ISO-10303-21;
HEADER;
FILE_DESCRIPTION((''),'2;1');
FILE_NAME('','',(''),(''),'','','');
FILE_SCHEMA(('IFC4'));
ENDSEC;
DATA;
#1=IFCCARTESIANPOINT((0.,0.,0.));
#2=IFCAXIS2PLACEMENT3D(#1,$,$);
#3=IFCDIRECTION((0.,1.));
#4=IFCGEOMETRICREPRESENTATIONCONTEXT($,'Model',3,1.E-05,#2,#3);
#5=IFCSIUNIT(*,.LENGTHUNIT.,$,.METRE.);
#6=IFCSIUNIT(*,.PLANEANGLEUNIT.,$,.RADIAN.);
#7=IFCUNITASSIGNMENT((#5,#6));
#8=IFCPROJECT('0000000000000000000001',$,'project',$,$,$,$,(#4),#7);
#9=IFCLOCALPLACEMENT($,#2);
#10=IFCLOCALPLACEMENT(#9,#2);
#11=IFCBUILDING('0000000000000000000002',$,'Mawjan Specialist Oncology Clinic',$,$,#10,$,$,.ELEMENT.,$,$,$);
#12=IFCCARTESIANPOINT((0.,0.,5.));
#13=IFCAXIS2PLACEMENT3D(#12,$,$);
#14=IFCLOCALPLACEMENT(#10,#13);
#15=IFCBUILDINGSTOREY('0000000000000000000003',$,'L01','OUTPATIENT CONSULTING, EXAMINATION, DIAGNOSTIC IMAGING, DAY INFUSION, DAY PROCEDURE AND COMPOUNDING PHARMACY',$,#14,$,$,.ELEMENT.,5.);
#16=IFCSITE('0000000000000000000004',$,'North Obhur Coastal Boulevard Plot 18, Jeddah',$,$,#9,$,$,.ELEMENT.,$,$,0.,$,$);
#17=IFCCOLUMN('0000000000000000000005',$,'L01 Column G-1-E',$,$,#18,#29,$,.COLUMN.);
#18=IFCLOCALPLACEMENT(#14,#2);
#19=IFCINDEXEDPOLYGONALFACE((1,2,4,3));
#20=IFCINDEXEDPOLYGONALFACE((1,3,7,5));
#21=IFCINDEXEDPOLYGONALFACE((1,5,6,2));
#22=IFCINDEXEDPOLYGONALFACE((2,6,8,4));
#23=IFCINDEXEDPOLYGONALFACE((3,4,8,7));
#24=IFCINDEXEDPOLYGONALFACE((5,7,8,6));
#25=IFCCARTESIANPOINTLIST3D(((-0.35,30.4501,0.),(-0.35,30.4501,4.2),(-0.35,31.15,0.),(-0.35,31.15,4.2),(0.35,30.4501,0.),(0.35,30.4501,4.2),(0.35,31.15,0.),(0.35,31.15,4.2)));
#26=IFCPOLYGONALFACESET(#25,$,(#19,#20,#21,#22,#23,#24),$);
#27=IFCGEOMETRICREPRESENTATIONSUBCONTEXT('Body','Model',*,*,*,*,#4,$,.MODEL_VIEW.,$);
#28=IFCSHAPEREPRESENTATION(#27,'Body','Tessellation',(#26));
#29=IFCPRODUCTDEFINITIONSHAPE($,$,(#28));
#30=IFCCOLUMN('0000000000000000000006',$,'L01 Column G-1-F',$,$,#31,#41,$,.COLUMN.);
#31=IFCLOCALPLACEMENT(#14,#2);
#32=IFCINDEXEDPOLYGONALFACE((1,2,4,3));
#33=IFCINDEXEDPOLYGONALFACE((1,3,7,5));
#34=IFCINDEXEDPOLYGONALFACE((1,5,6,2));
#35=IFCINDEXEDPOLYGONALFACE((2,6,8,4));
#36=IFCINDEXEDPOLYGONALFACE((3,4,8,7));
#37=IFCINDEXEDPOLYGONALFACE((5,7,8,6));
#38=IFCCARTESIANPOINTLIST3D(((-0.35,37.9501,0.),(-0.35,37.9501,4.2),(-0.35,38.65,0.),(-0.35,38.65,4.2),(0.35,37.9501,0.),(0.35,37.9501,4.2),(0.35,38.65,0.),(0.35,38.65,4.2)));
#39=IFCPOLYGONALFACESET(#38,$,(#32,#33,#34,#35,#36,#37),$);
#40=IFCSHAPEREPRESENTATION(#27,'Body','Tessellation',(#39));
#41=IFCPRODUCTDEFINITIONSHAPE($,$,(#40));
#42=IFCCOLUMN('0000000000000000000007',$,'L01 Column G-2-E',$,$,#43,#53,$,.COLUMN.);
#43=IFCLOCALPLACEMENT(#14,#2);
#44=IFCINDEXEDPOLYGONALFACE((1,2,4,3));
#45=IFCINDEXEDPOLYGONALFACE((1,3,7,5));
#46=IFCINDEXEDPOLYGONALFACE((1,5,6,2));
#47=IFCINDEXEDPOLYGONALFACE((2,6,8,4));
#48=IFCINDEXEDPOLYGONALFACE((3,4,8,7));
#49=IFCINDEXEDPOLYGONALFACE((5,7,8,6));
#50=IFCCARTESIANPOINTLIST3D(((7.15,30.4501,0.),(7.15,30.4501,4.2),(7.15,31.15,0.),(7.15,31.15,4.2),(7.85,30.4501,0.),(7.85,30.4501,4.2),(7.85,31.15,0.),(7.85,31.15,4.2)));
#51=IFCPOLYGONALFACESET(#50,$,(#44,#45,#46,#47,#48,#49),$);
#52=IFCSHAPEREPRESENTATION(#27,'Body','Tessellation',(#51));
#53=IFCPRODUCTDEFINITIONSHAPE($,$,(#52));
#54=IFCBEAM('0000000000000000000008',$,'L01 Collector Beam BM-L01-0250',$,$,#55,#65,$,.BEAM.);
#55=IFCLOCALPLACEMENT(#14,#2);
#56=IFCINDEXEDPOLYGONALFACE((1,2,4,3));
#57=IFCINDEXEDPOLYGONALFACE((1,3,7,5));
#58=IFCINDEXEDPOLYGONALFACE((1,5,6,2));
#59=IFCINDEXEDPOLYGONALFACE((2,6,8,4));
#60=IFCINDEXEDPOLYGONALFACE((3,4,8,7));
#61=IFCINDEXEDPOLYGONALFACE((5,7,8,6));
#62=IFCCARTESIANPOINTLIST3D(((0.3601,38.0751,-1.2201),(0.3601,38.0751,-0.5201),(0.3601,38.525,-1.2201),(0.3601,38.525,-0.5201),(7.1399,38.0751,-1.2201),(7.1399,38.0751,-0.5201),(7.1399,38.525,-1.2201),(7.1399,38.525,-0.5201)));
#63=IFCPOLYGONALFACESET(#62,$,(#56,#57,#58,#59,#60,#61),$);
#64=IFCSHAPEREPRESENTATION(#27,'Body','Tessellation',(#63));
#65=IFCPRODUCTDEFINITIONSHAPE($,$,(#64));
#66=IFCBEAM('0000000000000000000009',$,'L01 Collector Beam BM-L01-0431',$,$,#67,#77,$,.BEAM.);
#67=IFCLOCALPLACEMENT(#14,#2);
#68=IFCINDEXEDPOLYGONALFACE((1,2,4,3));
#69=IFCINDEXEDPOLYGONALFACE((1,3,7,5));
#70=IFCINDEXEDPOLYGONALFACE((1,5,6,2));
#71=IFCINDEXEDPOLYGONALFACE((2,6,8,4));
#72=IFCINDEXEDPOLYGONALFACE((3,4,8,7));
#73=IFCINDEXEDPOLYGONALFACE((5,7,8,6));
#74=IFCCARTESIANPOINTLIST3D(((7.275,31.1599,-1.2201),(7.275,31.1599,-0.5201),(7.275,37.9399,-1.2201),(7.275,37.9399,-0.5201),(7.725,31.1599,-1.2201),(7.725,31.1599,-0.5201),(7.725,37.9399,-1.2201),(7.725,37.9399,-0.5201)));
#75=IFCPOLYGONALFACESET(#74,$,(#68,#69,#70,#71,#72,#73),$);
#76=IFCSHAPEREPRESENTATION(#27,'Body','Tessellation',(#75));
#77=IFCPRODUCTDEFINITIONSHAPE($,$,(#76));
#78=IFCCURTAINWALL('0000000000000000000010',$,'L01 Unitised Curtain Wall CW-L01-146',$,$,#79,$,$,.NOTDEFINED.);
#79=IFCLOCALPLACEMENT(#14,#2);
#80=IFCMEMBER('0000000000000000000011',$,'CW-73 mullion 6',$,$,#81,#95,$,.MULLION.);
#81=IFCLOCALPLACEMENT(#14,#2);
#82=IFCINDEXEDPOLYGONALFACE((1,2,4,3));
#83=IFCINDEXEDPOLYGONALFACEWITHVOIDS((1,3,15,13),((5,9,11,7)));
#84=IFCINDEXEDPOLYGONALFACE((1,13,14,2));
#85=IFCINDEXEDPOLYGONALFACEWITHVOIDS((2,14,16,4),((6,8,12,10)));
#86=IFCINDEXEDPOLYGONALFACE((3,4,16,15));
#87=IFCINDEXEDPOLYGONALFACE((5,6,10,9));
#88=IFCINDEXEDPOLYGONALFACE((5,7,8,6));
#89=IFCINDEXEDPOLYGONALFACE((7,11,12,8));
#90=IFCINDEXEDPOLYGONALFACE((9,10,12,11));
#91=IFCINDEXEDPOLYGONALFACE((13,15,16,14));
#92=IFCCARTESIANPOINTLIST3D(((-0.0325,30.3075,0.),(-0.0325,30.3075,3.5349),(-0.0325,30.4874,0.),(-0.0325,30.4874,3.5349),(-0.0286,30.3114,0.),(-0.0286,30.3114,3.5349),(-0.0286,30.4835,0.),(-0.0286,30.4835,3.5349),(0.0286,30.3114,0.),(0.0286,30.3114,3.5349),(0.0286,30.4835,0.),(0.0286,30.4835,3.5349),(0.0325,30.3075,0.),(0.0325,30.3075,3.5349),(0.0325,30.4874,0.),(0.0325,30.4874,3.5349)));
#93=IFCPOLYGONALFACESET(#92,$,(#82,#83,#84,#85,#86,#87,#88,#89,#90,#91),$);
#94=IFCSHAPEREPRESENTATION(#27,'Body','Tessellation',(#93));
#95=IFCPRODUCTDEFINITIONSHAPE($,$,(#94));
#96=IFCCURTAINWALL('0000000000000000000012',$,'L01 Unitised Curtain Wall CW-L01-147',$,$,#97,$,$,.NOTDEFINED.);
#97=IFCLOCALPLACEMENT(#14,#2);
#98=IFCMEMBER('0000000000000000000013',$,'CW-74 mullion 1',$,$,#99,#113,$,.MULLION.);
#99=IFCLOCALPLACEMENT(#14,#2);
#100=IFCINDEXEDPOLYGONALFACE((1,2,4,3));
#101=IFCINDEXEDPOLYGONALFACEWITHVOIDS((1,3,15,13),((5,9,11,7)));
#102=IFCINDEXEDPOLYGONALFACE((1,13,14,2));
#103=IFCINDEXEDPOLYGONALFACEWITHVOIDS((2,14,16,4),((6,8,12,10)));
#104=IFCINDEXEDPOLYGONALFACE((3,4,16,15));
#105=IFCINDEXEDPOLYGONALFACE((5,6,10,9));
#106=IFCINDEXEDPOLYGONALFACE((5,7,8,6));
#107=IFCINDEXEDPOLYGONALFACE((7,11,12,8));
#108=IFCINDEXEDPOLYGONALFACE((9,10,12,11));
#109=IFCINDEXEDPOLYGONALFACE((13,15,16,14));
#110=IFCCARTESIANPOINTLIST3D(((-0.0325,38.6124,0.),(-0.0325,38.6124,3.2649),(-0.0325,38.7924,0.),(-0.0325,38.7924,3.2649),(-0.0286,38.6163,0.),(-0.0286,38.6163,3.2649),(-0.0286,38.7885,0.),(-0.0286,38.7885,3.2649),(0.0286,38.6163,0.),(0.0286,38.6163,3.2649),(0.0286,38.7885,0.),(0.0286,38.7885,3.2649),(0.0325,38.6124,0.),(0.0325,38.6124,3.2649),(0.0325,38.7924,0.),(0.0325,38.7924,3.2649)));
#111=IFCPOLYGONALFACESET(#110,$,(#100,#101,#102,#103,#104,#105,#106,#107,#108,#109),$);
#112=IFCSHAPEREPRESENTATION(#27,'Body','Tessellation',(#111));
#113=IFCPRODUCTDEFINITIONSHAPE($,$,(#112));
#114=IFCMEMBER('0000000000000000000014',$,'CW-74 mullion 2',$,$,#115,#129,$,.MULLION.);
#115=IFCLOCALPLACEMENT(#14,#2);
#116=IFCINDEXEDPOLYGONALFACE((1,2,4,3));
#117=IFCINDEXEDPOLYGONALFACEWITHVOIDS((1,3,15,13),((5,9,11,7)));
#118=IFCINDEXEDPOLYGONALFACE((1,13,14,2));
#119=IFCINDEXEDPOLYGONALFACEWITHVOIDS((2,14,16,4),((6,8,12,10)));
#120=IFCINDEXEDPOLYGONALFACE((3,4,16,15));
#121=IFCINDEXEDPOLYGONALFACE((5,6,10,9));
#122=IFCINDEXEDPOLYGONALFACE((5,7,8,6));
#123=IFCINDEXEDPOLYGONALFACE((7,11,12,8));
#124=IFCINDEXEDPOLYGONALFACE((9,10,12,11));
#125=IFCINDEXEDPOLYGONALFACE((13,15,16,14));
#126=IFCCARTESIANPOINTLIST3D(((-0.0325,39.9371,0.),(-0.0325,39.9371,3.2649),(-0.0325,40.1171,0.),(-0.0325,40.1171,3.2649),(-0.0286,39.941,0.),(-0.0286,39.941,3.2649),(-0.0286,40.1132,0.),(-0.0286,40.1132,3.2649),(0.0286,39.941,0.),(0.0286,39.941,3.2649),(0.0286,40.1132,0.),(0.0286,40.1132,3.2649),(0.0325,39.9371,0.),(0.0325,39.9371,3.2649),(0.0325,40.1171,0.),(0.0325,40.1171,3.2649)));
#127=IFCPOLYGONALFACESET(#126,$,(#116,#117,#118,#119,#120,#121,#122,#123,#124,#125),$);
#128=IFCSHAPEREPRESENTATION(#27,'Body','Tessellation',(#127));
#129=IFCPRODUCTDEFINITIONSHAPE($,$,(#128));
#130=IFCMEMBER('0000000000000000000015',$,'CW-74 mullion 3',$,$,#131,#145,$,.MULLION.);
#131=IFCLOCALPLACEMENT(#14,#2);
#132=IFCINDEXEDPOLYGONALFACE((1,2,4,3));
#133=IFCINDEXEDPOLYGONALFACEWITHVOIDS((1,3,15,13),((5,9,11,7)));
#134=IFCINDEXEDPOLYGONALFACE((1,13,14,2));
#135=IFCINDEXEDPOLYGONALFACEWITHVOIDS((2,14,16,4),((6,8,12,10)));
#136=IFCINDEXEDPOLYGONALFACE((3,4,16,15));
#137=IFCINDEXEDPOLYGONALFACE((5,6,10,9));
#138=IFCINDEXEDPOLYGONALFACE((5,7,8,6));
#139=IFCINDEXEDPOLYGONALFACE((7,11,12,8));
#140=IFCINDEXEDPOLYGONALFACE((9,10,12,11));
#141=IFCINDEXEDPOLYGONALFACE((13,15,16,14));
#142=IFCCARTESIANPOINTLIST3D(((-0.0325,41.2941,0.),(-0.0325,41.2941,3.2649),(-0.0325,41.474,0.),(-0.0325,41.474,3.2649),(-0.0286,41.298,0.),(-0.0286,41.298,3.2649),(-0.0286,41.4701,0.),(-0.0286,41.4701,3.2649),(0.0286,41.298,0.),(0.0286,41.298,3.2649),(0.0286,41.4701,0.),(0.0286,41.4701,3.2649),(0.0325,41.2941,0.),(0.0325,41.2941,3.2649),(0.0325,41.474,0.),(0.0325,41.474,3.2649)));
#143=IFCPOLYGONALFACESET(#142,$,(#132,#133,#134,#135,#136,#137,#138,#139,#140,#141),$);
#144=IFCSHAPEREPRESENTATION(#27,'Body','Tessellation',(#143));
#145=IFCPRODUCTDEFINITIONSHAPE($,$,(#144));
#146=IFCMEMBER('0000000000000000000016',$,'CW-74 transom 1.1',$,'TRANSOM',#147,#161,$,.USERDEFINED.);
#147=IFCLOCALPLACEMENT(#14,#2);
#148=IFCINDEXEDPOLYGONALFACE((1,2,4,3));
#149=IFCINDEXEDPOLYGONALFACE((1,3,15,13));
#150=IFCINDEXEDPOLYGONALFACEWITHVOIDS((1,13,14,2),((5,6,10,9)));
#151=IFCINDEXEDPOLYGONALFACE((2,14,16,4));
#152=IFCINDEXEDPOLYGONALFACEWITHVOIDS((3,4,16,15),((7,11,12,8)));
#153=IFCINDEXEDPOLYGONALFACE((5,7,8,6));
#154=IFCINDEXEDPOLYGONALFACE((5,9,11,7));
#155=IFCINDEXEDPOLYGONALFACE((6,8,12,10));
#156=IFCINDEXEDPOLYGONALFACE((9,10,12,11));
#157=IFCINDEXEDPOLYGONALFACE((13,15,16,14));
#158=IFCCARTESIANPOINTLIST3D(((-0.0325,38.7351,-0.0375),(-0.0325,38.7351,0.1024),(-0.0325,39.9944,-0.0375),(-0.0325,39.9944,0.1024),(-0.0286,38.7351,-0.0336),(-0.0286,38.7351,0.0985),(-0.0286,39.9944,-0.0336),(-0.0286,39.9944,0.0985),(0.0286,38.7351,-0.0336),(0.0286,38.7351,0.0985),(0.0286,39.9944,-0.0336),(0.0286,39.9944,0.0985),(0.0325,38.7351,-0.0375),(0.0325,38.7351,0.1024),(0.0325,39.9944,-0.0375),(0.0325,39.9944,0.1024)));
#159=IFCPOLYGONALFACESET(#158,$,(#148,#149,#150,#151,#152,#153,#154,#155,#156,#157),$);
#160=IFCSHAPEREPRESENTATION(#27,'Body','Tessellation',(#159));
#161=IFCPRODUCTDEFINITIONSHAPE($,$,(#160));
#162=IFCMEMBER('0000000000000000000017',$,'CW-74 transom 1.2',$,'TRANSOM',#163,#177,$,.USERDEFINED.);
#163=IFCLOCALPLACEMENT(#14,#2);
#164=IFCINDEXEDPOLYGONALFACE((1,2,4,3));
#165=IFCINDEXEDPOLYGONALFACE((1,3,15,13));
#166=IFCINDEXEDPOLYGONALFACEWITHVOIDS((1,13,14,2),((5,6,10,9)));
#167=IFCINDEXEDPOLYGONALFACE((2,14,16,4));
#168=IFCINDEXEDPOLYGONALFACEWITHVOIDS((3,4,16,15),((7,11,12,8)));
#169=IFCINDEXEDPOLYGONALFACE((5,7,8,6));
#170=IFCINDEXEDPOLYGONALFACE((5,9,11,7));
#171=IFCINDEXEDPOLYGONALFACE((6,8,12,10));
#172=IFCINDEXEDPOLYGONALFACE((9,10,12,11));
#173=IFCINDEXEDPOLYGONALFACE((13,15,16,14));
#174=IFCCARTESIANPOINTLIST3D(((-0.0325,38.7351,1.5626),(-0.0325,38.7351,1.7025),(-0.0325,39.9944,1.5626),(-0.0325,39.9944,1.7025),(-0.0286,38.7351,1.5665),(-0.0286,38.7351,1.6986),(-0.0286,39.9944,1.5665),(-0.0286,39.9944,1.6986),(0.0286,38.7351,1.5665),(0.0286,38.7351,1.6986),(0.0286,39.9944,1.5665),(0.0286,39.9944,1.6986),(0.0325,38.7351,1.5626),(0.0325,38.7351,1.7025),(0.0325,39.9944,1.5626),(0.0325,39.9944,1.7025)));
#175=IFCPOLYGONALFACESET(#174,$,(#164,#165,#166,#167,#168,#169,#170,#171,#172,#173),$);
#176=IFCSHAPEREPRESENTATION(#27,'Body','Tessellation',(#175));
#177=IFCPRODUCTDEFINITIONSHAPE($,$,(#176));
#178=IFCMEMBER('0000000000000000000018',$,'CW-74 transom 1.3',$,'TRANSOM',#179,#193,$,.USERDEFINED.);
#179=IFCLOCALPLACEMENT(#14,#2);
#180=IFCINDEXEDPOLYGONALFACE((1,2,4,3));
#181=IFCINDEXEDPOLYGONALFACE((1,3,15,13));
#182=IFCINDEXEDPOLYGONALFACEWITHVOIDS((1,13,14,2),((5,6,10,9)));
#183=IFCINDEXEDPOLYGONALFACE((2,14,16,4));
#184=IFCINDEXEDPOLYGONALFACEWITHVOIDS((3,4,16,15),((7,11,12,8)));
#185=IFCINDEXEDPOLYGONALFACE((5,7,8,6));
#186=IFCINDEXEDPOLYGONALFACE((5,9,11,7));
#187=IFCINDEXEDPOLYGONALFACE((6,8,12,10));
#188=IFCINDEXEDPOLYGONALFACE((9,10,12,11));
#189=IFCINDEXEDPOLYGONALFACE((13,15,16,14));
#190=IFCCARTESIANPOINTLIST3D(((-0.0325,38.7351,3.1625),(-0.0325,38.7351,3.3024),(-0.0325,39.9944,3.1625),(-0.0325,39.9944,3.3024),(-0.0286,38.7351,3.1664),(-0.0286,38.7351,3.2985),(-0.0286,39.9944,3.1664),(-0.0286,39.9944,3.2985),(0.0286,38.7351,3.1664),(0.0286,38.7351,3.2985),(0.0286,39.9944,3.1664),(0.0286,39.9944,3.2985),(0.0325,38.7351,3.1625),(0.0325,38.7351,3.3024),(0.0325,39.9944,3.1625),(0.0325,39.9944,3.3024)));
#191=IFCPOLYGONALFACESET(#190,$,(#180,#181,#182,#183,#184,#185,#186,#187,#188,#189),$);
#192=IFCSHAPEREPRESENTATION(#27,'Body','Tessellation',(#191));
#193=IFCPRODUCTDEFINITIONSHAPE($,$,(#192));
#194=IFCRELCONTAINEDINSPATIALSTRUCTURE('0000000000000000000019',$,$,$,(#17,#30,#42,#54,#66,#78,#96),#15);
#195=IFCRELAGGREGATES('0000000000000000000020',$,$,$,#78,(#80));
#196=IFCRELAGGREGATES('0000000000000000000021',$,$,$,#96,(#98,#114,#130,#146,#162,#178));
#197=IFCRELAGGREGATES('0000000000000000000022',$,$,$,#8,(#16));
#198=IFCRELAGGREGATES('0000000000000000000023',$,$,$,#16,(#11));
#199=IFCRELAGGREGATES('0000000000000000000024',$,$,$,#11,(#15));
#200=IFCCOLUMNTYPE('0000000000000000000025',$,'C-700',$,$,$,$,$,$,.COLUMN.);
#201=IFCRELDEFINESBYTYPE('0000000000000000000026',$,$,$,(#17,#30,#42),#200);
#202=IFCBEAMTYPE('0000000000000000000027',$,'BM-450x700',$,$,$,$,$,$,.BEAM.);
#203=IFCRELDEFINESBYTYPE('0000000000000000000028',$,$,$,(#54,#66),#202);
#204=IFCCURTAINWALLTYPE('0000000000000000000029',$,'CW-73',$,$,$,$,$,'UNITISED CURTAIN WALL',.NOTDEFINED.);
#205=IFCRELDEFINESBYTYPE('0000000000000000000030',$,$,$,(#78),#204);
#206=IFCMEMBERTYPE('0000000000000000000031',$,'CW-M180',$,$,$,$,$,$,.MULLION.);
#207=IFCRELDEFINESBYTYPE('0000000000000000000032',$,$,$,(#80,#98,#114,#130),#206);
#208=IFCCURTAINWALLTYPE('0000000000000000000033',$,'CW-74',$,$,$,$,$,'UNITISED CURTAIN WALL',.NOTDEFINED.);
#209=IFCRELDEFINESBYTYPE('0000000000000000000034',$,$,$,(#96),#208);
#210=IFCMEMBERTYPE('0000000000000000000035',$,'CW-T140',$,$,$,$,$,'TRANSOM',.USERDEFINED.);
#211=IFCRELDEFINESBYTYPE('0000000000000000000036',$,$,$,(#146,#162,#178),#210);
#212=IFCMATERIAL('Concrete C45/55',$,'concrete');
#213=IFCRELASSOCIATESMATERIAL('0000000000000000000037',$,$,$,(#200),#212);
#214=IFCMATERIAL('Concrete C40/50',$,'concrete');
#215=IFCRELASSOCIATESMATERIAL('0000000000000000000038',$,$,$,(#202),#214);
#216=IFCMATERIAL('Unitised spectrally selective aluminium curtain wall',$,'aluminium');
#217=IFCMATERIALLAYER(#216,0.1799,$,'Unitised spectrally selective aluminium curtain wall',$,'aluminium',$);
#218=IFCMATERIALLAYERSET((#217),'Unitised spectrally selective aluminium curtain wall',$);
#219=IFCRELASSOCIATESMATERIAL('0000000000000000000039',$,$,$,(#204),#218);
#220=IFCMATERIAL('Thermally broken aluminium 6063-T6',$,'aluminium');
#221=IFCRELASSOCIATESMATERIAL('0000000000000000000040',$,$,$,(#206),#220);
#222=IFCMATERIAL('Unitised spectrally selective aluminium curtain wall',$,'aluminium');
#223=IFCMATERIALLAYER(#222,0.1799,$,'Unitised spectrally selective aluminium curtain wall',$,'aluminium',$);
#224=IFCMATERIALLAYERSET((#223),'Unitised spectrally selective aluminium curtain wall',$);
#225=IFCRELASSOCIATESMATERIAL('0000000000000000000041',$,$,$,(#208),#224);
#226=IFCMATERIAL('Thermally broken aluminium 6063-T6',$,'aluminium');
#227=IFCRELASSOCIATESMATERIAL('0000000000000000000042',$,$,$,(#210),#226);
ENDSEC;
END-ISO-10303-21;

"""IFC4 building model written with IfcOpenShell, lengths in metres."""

from ifc_helpers import new_model, si_unit, direction, frame, origin, origin_2d, place, context, subcontext, project, spatial, rectangle, hollow_rectangle, extrude, material, layer, layer_set, material_profile, profile_set, type_object, element, aggregate, save


model = new_model("IFC4")

# Units and contexts
model_context = context("Model", 3, precision=1e-05, world=origin(), true_north=direction((0.0, 1.0)))
body_context = subcontext(model_context, "Body", "Model", "MODEL_VIEW")
ifc_project = project(units=[si_unit("LENGTHUNIT", "METRE"), si_unit("PLANEANGLEUNIT", "RADIAN")], contexts=[model_context])

# Site, building, storey
site_placement = place(None, origin())
site = spatial("IfcSite", under=ifc_project, at=site_placement, Name="North Obhur Coastal Boulevard Plot 18, Jeddah", CompositionType="ELEMENT", RefElevation=0.0)
building_placement = place(site_placement, origin())
building = spatial("IfcBuilding", under=site, at=building_placement, Name="Mawjan Specialist Oncology Clinic", CompositionType="ELEMENT")
storey_placement = place(building_placement, frame((0.0, 0.0, 5.0)))
storey = spatial("IfcBuildingStorey", under=building, at=storey_placement, Name="L01", Description="OUTPATIENT CONSULTING, EXAMINATION, DIAGNOSTIC IMAGING, DAY INFUSION, DAY PROCEDURE AND COMPOUNDING PHARMACY", CompositionType="ELEMENT", Elevation=5.0)

# Columns
ifc_material_1 = material(Name="Concrete C45/55", Category="concrete")
ifc_material_profile_1 = material_profile(ifc_material_1, rectangle(XDim=0.7, YDim=0.7, at=origin_2d()), Name="RC COL 700x700", Category="concrete")
ifc_profile_set_1 = profile_set([ifc_material_profile_1], Name="Concrete C45/55")
column_type = type_object("IfcColumnType", Name="C-700", PredefinedType="COLUMN", material=ifc_profile_set_1)
for number, where, z_axis, x_axis, name in (
    (1, (0.0, 30.8, 0.0), (0.0, 0.0, 1.0), (1.0, 0.0, 0.0), "L01 Column G-1-E"),
    (2, (0.0, 38.3, 0.0), (0.0, 0.0, 1.0), (1.0, 0.0, 0.0), "L01 Column G-1-F"),
    (3, (7.5, 30.8, 0.0), (0.0, 0.0, 1.0), (1.0, 0.0, 0.0), "L01 Column G-2-E"),
):
    element("IfcColumn", number, at=place(storey_placement, frame(where, z_axis=z_axis, x_axis=x_axis)), inside=storey, type_object=column_type, Name=name, PredefinedType="COLUMN", context=body_context, shape_type="SweptSolid", body=[
        extrude(rectangle(XDim=0.7, YDim=0.7, at=origin_2d()), origin(), (0.0, 0.0, 1.0), 4.2),
    ])

# Beams
ifc_material_2 = material(Name="Concrete C40/50", Category="concrete")
ifc_material_profile_2 = material_profile(ifc_material_2, rectangle(XDim=0.45, YDim=0.7, at=origin_2d()), Name="RC BM 450x700", Category="concrete")
ifc_profile_set_2 = profile_set([ifc_material_profile_2], Name="Concrete C40/50")
beam_type_1 = type_object("IfcBeamType", Name="BM-450x700", PredefinedType="BEAM", material=ifc_profile_set_2)
beam_1_placement = place(storey_placement, frame((0.3601, 38.3, -0.8701), z_axis=(1.0, 0.0, 0.0), x_axis=(0.0, 1.0, 0.0)))
element("IfcBeam", 4, at=beam_1_placement, inside=storey, type_object=beam_type_1, Name="L01 Collector Beam BM-L01-0250", PredefinedType="BEAM", context=body_context, shape_type="SweptSolid", body=[
    extrude(rectangle(XDim=0.45, YDim=0.7, at=origin_2d()), origin(), (0.0, 0.0, 1.0), 6.7798),
])
beam_2_placement = place(storey_placement, frame((7.5, 31.1599, -0.8701), z_axis=(0.0, 1.0, 0.0), x_axis=(-1.0, 0.0, 0.0)))
element("IfcBeam", 5, at=beam_2_placement, inside=storey, type_object=beam_type_1, Name="L01 Collector Beam BM-L01-0431", PredefinedType="BEAM", context=body_context, shape_type="SweptSolid", body=[
    extrude(rectangle(XDim=0.45, YDim=0.7, at=origin_2d()), origin(), (0.0, 0.0, 1.0), 6.78),
])

# Curtain wall, member
ifc_material_3 = material(Name="Unitised spectrally selective aluminium curtain wall", Category="aluminium")
ifc_layer_1 = layer(ifc_material_3, 0.1799, Name="Unitised spectrally selective aluminium curtain wall", Category="aluminium")
ifc_layer_set_1 = layer_set([ifc_layer_1], Name="Unitised spectrally selective aluminium curtain wall")
curtain_wall_type_1 = type_object("IfcCurtainWallType", Name="CW-73", ElementType="UNITISED CURTAIN WALL", PredefinedType="NOTDEFINED", material=ifc_layer_set_1)
curtain_wall_1_placement = place(storey_placement, origin())
curtain_wall_1 = element("IfcCurtainWall", 6, at=curtain_wall_1_placement, inside=storey, type_object=curtain_wall_type_1, Name="L01 Unitised Curtain Wall CW-L01-146", PredefinedType="NOTDEFINED")
ifc_material_4 = material(Name="Thermally broken aluminium 6063-T6", Category="aluminium")
ifc_material_profile_3 = material_profile(ifc_material_4, hollow_rectangle(XDim=0.0649, YDim=0.1799, WallThickness=0.0039, at=origin_2d()), Name="ALU MULLION 180x65x4", Category="aluminium")
ifc_profile_set_3 = profile_set([ifc_material_profile_3], Name="Thermally broken aluminium 6063-T6")
member_type_1 = type_object("IfcMemberType", Name="CW-M180", PredefinedType="MULLION", material=ifc_profile_set_3)
member_1_placement = place(storey_placement, frame((0.0, 30.3975, 0.0), z_axis=(0.0, 0.0, 1.0), x_axis=(-1.0, 0.0, 0.0)))
member_1 = element("IfcMember", 7, at=member_1_placement, type_object=member_type_1, Name="CW-73 mullion 6", PredefinedType="MULLION", context=body_context, shape_type="SweptSolid", body=[
    extrude(hollow_rectangle(XDim=0.0649, YDim=0.1799, WallThickness=0.0039, at=origin_2d()), origin(), (0.0, 0.0, 1.0), 3.5349),
])

# Curtain wall, members
ifc_material_5 = material(Name="Unitised spectrally selective aluminium curtain wall", Category="aluminium")
ifc_layer_2 = layer(ifc_material_5, 0.1799, Name="Unitised spectrally selective aluminium curtain wall", Category="aluminium")
ifc_layer_set_2 = layer_set([ifc_layer_2], Name="Unitised spectrally selective aluminium curtain wall")
curtain_wall_type_2 = type_object("IfcCurtainWallType", Name="CW-74", ElementType="UNITISED CURTAIN WALL", PredefinedType="NOTDEFINED", material=ifc_layer_set_2)
curtain_wall_2_placement = place(storey_placement, origin())
curtain_wall_2 = element("IfcCurtainWall", 8, at=curtain_wall_2_placement, inside=storey, type_object=curtain_wall_type_2, Name="L01 Unitised Curtain Wall CW-L01-147", PredefinedType="NOTDEFINED")
member_2_placement = place(storey_placement, frame((0.0, 38.7024, 0.0), z_axis=(0.0, 0.0, 1.0), x_axis=(-1.0, 0.0, 0.0)))
member_2 = element("IfcMember", 9, at=member_2_placement, type_object=member_type_1, Name="CW-74 mullion 1", PredefinedType="MULLION", context=body_context, shape_type="SweptSolid", body=[
    extrude(hollow_rectangle(XDim=0.0649, YDim=0.1799, WallThickness=0.0039, at=origin_2d()), origin(), (0.0, 0.0, 1.0), 3.2649),
])
member_3_placement = place(storey_placement, frame((0.0, 40.0271, 0.0), z_axis=(0.0, 0.0, 1.0), x_axis=(-1.0, 0.0, 0.0)))
member_3 = element("IfcMember", 10, at=member_3_placement, type_object=member_type_1, Name="CW-74 mullion 2", PredefinedType="MULLION", context=body_context, shape_type="SweptSolid", body=[
    extrude(hollow_rectangle(XDim=0.0649, YDim=0.1799, WallThickness=0.0039, at=origin_2d()), origin(), (0.0, 0.0, 1.0), 3.2649),
])
member_4_placement = place(storey_placement, frame((0.0, 41.384, 0.0), z_axis=(0.0, 0.0, 1.0), x_axis=(-1.0, 0.0, 0.0)))
member_4 = element("IfcMember", 11, at=member_4_placement, type_object=member_type_1, Name="CW-74 mullion 3", PredefinedType="MULLION", context=body_context, shape_type="SweptSolid", body=[
    extrude(hollow_rectangle(XDim=0.0649, YDim=0.1799, WallThickness=0.0039, at=origin_2d()), origin(), (0.0, 0.0, 1.0), 3.2649),
])
ifc_material_6 = material(Name="Thermally broken aluminium 6063-T6", Category="aluminium")
ifc_material_profile_4 = material_profile(ifc_material_6, hollow_rectangle(XDim=0.0649, YDim=0.1399, WallThickness=0.0039, at=origin_2d()), Name="ALU TRANSOM 140x65x4", Category="aluminium")
ifc_profile_set_4 = profile_set([ifc_material_profile_4], Name="Thermally broken aluminium 6063-T6")
member_type_2 = type_object("IfcMemberType", Name="CW-T140", ElementType="TRANSOM", PredefinedType="USERDEFINED", material=ifc_profile_set_4)
member_5_placement = place(storey_placement, frame((0.0, 38.7351, 0.0325), z_axis=(0.0, 1.0, 0.0), x_axis=(-1.0, 0.0, 0.0)))
member_5 = element("IfcMember", 12, at=member_5_placement, type_object=member_type_2, Name="CW-74 transom 1.1", ObjectType="TRANSOM", PredefinedType="USERDEFINED", context=body_context, shape_type="SweptSolid", body=[
    extrude(hollow_rectangle(XDim=0.0649, YDim=0.1399, WallThickness=0.0039, at=origin_2d()), origin(), (0.0, 0.0, 1.0), 1.2593),
])
member_6_placement = place(storey_placement, frame((0.0, 38.7351, 1.6326), z_axis=(0.0, 1.0, 0.0), x_axis=(-1.0, 0.0, 0.0)))
member_6 = element("IfcMember", 13, at=member_6_placement, type_object=member_type_2, Name="CW-74 transom 1.2", ObjectType="TRANSOM", PredefinedType="USERDEFINED", context=body_context, shape_type="SweptSolid", body=[
    extrude(hollow_rectangle(XDim=0.0649, YDim=0.1399, WallThickness=0.0039, at=origin_2d()), origin(), (0.0, 0.0, 1.0), 1.2593),
])
member_7_placement = place(storey_placement, frame((0.0, 38.7351, 3.2324), z_axis=(0.0, 1.0, 0.0), x_axis=(-1.0, 0.0, 0.0)))
member_7 = element("IfcMember", 14, at=member_7_placement, type_object=member_type_2, Name="CW-74 transom 1.3", ObjectType="TRANSOM", PredefinedType="USERDEFINED", context=body_context, shape_type="SweptSolid", body=[
    extrude(hollow_rectangle(XDim=0.0649, YDim=0.1399, WallThickness=0.0039, at=origin_2d()), origin(), (0.0, 0.0, 1.0), 1.2593),
])

aggregate(curtain_wall_1, [member_1])
aggregate(curtain_wall_2, [member_2, member_3, member_4, member_5, member_6, member_7])

save(model, "model.ifc")
